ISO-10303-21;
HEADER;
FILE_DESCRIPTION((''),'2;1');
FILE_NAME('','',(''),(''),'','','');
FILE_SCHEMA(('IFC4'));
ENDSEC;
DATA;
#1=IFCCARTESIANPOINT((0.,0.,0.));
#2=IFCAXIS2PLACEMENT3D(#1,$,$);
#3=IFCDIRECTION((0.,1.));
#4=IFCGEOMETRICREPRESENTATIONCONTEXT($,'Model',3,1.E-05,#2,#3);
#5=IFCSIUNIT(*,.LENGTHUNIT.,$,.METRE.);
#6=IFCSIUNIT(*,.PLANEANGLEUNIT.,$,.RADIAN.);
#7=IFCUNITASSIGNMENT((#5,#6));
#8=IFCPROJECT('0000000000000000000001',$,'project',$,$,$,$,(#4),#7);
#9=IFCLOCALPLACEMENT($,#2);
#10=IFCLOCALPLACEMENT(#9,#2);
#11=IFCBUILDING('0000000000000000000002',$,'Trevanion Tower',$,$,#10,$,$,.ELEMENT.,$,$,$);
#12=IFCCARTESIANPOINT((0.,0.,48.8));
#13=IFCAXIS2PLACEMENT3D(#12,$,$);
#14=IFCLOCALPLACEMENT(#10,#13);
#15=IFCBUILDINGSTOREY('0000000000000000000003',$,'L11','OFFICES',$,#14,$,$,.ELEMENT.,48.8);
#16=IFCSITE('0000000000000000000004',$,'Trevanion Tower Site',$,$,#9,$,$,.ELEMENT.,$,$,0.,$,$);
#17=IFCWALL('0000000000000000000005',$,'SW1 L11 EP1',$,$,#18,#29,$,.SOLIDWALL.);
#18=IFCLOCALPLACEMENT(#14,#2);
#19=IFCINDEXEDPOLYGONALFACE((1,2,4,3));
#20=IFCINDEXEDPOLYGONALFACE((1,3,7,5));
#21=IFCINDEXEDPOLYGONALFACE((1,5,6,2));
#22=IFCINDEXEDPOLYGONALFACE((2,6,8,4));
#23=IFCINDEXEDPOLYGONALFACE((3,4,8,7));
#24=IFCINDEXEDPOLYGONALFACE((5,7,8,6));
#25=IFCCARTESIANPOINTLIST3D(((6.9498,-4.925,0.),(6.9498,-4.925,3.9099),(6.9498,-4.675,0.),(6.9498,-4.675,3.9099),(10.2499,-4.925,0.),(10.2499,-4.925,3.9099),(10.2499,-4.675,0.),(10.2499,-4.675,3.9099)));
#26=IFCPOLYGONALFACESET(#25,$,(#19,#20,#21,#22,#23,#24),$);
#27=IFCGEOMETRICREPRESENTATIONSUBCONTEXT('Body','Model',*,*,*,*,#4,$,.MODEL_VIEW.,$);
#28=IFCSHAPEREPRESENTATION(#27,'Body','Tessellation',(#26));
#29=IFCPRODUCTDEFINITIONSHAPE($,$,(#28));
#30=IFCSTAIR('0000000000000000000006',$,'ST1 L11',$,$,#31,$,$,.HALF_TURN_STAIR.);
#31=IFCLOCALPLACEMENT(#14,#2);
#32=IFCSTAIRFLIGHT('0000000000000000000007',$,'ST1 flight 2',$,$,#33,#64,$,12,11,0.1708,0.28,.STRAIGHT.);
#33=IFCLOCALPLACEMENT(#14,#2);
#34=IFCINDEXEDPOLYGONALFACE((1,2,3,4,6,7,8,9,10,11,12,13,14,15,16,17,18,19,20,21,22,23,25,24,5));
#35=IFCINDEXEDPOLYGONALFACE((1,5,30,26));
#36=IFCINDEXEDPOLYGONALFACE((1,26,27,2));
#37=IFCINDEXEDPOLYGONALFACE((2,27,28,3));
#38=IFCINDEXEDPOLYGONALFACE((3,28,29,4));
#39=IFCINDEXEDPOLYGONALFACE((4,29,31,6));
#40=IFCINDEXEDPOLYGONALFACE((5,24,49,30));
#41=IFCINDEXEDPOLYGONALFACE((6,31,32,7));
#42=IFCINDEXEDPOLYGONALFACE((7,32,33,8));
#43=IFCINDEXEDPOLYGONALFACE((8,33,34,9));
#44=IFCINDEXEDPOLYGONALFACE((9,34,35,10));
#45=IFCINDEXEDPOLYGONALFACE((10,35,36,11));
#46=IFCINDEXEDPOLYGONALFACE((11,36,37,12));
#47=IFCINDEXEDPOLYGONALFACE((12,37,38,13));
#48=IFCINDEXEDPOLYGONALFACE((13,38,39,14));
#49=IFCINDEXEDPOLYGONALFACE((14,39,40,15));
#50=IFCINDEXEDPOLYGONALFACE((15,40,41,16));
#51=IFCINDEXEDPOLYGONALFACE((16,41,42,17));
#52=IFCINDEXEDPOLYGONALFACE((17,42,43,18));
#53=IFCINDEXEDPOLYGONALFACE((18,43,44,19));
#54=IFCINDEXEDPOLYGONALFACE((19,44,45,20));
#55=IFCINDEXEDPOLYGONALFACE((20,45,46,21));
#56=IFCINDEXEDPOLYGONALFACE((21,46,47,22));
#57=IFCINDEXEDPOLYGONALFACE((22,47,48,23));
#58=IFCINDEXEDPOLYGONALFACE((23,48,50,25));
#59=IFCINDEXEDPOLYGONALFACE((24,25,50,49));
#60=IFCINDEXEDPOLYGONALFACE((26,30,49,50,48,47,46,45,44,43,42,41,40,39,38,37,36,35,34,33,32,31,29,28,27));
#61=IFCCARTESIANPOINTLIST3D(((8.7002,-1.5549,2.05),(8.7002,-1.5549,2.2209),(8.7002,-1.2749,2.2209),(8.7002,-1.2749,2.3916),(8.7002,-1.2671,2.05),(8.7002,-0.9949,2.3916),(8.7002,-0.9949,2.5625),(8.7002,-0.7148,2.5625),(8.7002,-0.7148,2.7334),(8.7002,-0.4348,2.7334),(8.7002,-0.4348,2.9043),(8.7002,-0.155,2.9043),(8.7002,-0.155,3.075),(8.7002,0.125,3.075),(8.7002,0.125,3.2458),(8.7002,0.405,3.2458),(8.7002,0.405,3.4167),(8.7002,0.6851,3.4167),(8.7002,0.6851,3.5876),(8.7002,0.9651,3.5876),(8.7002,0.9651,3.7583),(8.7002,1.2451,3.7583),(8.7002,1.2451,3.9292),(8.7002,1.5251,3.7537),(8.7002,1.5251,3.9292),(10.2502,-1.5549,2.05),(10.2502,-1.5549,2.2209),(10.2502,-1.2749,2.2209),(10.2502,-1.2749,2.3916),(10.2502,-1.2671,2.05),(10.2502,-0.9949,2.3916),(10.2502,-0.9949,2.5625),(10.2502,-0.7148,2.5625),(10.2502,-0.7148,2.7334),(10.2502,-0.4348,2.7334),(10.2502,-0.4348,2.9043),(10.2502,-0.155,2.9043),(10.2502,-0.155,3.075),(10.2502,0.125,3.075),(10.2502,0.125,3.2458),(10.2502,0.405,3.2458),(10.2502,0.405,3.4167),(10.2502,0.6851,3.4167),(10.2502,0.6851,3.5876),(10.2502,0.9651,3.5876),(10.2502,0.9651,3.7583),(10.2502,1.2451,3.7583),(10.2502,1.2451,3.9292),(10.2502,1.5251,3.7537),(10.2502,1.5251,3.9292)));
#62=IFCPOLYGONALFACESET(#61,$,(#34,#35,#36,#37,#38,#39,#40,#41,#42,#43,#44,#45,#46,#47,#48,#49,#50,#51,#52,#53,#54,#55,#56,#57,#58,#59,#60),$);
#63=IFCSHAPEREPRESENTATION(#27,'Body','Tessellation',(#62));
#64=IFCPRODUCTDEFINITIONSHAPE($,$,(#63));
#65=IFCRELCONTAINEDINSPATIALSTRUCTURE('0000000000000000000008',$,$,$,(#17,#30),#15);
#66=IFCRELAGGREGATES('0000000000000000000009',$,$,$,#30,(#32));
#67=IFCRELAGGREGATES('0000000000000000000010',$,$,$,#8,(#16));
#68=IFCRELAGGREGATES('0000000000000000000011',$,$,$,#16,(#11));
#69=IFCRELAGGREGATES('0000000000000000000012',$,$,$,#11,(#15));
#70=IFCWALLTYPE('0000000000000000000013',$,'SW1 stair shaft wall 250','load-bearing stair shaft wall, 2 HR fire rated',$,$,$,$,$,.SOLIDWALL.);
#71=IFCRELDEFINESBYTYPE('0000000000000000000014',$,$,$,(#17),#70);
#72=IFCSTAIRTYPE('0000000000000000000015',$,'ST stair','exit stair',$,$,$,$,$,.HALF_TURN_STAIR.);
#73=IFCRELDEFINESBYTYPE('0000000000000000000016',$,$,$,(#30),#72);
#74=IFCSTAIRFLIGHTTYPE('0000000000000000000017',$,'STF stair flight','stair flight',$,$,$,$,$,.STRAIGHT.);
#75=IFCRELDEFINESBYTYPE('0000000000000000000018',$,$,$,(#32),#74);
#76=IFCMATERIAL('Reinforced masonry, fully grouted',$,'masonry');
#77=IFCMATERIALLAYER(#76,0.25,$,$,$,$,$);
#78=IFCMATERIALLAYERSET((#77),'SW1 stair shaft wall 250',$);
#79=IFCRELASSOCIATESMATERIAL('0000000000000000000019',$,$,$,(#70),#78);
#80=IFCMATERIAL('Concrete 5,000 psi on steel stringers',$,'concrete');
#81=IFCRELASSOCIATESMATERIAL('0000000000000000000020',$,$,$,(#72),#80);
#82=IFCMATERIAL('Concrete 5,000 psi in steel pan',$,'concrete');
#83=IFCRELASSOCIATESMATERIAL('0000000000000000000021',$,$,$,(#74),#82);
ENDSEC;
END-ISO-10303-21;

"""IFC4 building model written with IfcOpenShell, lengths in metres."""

from ifc_helpers import new_model, si_unit, direction, frame, frame_2d, origin, place, context, subcontext, project, spatial, polyline, rectangle, outline, extrude, material, layer, layer_set, type_object, element, aggregate, save


model = new_model("IFC4")

# Units and contexts
model_context = context("Model", 3, precision=1e-05, world=origin(), true_north=direction((0.0, 1.0)))
body_context = subcontext(model_context, "Body", "Model", "MODEL_VIEW")
ifc_project = project(units=[si_unit("LENGTHUNIT", "METRE"), si_unit("PLANEANGLEUNIT", "RADIAN")], contexts=[model_context])

# Site, building, storey
site_placement = place(None, origin())
site = spatial("IfcSite", under=ifc_project, at=site_placement, Name="Trevanion Tower Site", CompositionType="ELEMENT", RefElevation=0.0)
building_placement = place(site_placement, origin())
building = spatial("IfcBuilding", under=site, at=building_placement, Name="Trevanion Tower", CompositionType="ELEMENT")
storey_placement = place(building_placement, frame((0.0, 0.0, 48.8)))
storey = spatial("IfcBuildingStorey", under=building, at=storey_placement, Name="L11", Description="OFFICES", CompositionType="ELEMENT", Elevation=48.8)

# Wall
ifc_material_1 = material(Name="Reinforced masonry, fully grouted", Category="masonry")
ifc_layer_1 = layer(ifc_material_1, 0.25)
ifc_layer_set_1 = layer_set([ifc_layer_1], Name="SW1 stair shaft wall 250")
wall_type_1 = type_object("IfcWallType", Name="SW1 stair shaft wall 250", Description="load-bearing stair shaft wall, 2 HR fire rated", PredefinedType="SOLIDWALL", material=ifc_layer_set_1)
wall_1_placement = place(storey_placement, frame((6.95, -4.8, 0.0), z_axis=(0.0, 0.0, 1.0), x_axis=(1.0, 0.0, 0.0)))
element("IfcWall", 1, at=wall_1_placement, inside=storey, type_object=wall_type_1, Name="SW1 L11 EP1", PredefinedType="SOLIDWALL", context=body_context, shape_type="SweptSolid", body=[
    extrude(rectangle(XDim=3.3, YDim=0.25, at=frame_2d((1.6499, 0.0))), origin(), (0.0, 0.0, 1.0), 3.9099),
])

# Stair, stair flight
ifc_material_2 = material(Name="Concrete 5,000 psi on steel stringers", Category="concrete")
stair_type = type_object("IfcStairType", Name="ST stair", Description="exit stair", PredefinedType="HALF_TURN_STAIR", material=ifc_material_2)
stair_placement = place(storey_placement, origin())
stair = element("IfcStair", 2, at=stair_placement, inside=storey, type_object=stair_type, Name="ST1 L11", PredefinedType="HALF_TURN_STAIR")
ifc_material_3 = material(Name="Concrete 5,000 psi in steel pan", Category="concrete")
stair_flight_type = type_object("IfcStairFlightType", Name="STF stair flight", Description="stair flight", PredefinedType="STRAIGHT", material=ifc_material_3)
stair_flight_placement = place(storey_placement, frame((9.4751, -1.5549, 2.05), z_axis=(0.0, 0.0, 1.0), x_axis=(0.0, 1.0, 0.0)))
stair_flight = element("IfcStairFlight", 3, at=stair_flight_placement, type_object=stair_flight_type, Name="ST1 flight 2", NumberOfRisers=12, NumberOfTreads=11, PredefinedType="STRAIGHT", RiserHeight=0.1708, TreadLength=0.28, context=body_context, shape_type="SweptSolid", body=[
    extrude(outline(polyline([(0.0, 0.0), (0.0, 0.1709), (0.28, 0.1709), (0.28, 0.3416), (0.5601, 0.3416), (0.5601, 0.5125), (0.8401, 0.5125), (0.8401, 0.6833), (1.1201, 0.6833), (1.1201, 0.8542), (1.3999, 0.8542), (1.3999, 1.0249), (1.6799, 1.0249), (1.6799, 1.1958), (1.96, 1.1958), (1.96, 1.3667), (2.24, 1.3667), (2.24, 1.5376), (2.52, 1.5376), (2.52, 1.7083), (2.8, 1.7083), (2.8, 1.8792), (3.0801, 1.8792), (3.0801, 2.05), (3.0801, 1.7036), (0.2878, 0.0), (0.0, 0.0)])), frame((0.0, 0.7749, 0.0), z_axis=(0.0, -1.0, 0.0), x_axis=(1.0, 0.0, 0.0)), (0.0, 0.0, 1.0), 1.55),
])
aggregate(stair, [stair_flight])

save(model, "model.ifc")
